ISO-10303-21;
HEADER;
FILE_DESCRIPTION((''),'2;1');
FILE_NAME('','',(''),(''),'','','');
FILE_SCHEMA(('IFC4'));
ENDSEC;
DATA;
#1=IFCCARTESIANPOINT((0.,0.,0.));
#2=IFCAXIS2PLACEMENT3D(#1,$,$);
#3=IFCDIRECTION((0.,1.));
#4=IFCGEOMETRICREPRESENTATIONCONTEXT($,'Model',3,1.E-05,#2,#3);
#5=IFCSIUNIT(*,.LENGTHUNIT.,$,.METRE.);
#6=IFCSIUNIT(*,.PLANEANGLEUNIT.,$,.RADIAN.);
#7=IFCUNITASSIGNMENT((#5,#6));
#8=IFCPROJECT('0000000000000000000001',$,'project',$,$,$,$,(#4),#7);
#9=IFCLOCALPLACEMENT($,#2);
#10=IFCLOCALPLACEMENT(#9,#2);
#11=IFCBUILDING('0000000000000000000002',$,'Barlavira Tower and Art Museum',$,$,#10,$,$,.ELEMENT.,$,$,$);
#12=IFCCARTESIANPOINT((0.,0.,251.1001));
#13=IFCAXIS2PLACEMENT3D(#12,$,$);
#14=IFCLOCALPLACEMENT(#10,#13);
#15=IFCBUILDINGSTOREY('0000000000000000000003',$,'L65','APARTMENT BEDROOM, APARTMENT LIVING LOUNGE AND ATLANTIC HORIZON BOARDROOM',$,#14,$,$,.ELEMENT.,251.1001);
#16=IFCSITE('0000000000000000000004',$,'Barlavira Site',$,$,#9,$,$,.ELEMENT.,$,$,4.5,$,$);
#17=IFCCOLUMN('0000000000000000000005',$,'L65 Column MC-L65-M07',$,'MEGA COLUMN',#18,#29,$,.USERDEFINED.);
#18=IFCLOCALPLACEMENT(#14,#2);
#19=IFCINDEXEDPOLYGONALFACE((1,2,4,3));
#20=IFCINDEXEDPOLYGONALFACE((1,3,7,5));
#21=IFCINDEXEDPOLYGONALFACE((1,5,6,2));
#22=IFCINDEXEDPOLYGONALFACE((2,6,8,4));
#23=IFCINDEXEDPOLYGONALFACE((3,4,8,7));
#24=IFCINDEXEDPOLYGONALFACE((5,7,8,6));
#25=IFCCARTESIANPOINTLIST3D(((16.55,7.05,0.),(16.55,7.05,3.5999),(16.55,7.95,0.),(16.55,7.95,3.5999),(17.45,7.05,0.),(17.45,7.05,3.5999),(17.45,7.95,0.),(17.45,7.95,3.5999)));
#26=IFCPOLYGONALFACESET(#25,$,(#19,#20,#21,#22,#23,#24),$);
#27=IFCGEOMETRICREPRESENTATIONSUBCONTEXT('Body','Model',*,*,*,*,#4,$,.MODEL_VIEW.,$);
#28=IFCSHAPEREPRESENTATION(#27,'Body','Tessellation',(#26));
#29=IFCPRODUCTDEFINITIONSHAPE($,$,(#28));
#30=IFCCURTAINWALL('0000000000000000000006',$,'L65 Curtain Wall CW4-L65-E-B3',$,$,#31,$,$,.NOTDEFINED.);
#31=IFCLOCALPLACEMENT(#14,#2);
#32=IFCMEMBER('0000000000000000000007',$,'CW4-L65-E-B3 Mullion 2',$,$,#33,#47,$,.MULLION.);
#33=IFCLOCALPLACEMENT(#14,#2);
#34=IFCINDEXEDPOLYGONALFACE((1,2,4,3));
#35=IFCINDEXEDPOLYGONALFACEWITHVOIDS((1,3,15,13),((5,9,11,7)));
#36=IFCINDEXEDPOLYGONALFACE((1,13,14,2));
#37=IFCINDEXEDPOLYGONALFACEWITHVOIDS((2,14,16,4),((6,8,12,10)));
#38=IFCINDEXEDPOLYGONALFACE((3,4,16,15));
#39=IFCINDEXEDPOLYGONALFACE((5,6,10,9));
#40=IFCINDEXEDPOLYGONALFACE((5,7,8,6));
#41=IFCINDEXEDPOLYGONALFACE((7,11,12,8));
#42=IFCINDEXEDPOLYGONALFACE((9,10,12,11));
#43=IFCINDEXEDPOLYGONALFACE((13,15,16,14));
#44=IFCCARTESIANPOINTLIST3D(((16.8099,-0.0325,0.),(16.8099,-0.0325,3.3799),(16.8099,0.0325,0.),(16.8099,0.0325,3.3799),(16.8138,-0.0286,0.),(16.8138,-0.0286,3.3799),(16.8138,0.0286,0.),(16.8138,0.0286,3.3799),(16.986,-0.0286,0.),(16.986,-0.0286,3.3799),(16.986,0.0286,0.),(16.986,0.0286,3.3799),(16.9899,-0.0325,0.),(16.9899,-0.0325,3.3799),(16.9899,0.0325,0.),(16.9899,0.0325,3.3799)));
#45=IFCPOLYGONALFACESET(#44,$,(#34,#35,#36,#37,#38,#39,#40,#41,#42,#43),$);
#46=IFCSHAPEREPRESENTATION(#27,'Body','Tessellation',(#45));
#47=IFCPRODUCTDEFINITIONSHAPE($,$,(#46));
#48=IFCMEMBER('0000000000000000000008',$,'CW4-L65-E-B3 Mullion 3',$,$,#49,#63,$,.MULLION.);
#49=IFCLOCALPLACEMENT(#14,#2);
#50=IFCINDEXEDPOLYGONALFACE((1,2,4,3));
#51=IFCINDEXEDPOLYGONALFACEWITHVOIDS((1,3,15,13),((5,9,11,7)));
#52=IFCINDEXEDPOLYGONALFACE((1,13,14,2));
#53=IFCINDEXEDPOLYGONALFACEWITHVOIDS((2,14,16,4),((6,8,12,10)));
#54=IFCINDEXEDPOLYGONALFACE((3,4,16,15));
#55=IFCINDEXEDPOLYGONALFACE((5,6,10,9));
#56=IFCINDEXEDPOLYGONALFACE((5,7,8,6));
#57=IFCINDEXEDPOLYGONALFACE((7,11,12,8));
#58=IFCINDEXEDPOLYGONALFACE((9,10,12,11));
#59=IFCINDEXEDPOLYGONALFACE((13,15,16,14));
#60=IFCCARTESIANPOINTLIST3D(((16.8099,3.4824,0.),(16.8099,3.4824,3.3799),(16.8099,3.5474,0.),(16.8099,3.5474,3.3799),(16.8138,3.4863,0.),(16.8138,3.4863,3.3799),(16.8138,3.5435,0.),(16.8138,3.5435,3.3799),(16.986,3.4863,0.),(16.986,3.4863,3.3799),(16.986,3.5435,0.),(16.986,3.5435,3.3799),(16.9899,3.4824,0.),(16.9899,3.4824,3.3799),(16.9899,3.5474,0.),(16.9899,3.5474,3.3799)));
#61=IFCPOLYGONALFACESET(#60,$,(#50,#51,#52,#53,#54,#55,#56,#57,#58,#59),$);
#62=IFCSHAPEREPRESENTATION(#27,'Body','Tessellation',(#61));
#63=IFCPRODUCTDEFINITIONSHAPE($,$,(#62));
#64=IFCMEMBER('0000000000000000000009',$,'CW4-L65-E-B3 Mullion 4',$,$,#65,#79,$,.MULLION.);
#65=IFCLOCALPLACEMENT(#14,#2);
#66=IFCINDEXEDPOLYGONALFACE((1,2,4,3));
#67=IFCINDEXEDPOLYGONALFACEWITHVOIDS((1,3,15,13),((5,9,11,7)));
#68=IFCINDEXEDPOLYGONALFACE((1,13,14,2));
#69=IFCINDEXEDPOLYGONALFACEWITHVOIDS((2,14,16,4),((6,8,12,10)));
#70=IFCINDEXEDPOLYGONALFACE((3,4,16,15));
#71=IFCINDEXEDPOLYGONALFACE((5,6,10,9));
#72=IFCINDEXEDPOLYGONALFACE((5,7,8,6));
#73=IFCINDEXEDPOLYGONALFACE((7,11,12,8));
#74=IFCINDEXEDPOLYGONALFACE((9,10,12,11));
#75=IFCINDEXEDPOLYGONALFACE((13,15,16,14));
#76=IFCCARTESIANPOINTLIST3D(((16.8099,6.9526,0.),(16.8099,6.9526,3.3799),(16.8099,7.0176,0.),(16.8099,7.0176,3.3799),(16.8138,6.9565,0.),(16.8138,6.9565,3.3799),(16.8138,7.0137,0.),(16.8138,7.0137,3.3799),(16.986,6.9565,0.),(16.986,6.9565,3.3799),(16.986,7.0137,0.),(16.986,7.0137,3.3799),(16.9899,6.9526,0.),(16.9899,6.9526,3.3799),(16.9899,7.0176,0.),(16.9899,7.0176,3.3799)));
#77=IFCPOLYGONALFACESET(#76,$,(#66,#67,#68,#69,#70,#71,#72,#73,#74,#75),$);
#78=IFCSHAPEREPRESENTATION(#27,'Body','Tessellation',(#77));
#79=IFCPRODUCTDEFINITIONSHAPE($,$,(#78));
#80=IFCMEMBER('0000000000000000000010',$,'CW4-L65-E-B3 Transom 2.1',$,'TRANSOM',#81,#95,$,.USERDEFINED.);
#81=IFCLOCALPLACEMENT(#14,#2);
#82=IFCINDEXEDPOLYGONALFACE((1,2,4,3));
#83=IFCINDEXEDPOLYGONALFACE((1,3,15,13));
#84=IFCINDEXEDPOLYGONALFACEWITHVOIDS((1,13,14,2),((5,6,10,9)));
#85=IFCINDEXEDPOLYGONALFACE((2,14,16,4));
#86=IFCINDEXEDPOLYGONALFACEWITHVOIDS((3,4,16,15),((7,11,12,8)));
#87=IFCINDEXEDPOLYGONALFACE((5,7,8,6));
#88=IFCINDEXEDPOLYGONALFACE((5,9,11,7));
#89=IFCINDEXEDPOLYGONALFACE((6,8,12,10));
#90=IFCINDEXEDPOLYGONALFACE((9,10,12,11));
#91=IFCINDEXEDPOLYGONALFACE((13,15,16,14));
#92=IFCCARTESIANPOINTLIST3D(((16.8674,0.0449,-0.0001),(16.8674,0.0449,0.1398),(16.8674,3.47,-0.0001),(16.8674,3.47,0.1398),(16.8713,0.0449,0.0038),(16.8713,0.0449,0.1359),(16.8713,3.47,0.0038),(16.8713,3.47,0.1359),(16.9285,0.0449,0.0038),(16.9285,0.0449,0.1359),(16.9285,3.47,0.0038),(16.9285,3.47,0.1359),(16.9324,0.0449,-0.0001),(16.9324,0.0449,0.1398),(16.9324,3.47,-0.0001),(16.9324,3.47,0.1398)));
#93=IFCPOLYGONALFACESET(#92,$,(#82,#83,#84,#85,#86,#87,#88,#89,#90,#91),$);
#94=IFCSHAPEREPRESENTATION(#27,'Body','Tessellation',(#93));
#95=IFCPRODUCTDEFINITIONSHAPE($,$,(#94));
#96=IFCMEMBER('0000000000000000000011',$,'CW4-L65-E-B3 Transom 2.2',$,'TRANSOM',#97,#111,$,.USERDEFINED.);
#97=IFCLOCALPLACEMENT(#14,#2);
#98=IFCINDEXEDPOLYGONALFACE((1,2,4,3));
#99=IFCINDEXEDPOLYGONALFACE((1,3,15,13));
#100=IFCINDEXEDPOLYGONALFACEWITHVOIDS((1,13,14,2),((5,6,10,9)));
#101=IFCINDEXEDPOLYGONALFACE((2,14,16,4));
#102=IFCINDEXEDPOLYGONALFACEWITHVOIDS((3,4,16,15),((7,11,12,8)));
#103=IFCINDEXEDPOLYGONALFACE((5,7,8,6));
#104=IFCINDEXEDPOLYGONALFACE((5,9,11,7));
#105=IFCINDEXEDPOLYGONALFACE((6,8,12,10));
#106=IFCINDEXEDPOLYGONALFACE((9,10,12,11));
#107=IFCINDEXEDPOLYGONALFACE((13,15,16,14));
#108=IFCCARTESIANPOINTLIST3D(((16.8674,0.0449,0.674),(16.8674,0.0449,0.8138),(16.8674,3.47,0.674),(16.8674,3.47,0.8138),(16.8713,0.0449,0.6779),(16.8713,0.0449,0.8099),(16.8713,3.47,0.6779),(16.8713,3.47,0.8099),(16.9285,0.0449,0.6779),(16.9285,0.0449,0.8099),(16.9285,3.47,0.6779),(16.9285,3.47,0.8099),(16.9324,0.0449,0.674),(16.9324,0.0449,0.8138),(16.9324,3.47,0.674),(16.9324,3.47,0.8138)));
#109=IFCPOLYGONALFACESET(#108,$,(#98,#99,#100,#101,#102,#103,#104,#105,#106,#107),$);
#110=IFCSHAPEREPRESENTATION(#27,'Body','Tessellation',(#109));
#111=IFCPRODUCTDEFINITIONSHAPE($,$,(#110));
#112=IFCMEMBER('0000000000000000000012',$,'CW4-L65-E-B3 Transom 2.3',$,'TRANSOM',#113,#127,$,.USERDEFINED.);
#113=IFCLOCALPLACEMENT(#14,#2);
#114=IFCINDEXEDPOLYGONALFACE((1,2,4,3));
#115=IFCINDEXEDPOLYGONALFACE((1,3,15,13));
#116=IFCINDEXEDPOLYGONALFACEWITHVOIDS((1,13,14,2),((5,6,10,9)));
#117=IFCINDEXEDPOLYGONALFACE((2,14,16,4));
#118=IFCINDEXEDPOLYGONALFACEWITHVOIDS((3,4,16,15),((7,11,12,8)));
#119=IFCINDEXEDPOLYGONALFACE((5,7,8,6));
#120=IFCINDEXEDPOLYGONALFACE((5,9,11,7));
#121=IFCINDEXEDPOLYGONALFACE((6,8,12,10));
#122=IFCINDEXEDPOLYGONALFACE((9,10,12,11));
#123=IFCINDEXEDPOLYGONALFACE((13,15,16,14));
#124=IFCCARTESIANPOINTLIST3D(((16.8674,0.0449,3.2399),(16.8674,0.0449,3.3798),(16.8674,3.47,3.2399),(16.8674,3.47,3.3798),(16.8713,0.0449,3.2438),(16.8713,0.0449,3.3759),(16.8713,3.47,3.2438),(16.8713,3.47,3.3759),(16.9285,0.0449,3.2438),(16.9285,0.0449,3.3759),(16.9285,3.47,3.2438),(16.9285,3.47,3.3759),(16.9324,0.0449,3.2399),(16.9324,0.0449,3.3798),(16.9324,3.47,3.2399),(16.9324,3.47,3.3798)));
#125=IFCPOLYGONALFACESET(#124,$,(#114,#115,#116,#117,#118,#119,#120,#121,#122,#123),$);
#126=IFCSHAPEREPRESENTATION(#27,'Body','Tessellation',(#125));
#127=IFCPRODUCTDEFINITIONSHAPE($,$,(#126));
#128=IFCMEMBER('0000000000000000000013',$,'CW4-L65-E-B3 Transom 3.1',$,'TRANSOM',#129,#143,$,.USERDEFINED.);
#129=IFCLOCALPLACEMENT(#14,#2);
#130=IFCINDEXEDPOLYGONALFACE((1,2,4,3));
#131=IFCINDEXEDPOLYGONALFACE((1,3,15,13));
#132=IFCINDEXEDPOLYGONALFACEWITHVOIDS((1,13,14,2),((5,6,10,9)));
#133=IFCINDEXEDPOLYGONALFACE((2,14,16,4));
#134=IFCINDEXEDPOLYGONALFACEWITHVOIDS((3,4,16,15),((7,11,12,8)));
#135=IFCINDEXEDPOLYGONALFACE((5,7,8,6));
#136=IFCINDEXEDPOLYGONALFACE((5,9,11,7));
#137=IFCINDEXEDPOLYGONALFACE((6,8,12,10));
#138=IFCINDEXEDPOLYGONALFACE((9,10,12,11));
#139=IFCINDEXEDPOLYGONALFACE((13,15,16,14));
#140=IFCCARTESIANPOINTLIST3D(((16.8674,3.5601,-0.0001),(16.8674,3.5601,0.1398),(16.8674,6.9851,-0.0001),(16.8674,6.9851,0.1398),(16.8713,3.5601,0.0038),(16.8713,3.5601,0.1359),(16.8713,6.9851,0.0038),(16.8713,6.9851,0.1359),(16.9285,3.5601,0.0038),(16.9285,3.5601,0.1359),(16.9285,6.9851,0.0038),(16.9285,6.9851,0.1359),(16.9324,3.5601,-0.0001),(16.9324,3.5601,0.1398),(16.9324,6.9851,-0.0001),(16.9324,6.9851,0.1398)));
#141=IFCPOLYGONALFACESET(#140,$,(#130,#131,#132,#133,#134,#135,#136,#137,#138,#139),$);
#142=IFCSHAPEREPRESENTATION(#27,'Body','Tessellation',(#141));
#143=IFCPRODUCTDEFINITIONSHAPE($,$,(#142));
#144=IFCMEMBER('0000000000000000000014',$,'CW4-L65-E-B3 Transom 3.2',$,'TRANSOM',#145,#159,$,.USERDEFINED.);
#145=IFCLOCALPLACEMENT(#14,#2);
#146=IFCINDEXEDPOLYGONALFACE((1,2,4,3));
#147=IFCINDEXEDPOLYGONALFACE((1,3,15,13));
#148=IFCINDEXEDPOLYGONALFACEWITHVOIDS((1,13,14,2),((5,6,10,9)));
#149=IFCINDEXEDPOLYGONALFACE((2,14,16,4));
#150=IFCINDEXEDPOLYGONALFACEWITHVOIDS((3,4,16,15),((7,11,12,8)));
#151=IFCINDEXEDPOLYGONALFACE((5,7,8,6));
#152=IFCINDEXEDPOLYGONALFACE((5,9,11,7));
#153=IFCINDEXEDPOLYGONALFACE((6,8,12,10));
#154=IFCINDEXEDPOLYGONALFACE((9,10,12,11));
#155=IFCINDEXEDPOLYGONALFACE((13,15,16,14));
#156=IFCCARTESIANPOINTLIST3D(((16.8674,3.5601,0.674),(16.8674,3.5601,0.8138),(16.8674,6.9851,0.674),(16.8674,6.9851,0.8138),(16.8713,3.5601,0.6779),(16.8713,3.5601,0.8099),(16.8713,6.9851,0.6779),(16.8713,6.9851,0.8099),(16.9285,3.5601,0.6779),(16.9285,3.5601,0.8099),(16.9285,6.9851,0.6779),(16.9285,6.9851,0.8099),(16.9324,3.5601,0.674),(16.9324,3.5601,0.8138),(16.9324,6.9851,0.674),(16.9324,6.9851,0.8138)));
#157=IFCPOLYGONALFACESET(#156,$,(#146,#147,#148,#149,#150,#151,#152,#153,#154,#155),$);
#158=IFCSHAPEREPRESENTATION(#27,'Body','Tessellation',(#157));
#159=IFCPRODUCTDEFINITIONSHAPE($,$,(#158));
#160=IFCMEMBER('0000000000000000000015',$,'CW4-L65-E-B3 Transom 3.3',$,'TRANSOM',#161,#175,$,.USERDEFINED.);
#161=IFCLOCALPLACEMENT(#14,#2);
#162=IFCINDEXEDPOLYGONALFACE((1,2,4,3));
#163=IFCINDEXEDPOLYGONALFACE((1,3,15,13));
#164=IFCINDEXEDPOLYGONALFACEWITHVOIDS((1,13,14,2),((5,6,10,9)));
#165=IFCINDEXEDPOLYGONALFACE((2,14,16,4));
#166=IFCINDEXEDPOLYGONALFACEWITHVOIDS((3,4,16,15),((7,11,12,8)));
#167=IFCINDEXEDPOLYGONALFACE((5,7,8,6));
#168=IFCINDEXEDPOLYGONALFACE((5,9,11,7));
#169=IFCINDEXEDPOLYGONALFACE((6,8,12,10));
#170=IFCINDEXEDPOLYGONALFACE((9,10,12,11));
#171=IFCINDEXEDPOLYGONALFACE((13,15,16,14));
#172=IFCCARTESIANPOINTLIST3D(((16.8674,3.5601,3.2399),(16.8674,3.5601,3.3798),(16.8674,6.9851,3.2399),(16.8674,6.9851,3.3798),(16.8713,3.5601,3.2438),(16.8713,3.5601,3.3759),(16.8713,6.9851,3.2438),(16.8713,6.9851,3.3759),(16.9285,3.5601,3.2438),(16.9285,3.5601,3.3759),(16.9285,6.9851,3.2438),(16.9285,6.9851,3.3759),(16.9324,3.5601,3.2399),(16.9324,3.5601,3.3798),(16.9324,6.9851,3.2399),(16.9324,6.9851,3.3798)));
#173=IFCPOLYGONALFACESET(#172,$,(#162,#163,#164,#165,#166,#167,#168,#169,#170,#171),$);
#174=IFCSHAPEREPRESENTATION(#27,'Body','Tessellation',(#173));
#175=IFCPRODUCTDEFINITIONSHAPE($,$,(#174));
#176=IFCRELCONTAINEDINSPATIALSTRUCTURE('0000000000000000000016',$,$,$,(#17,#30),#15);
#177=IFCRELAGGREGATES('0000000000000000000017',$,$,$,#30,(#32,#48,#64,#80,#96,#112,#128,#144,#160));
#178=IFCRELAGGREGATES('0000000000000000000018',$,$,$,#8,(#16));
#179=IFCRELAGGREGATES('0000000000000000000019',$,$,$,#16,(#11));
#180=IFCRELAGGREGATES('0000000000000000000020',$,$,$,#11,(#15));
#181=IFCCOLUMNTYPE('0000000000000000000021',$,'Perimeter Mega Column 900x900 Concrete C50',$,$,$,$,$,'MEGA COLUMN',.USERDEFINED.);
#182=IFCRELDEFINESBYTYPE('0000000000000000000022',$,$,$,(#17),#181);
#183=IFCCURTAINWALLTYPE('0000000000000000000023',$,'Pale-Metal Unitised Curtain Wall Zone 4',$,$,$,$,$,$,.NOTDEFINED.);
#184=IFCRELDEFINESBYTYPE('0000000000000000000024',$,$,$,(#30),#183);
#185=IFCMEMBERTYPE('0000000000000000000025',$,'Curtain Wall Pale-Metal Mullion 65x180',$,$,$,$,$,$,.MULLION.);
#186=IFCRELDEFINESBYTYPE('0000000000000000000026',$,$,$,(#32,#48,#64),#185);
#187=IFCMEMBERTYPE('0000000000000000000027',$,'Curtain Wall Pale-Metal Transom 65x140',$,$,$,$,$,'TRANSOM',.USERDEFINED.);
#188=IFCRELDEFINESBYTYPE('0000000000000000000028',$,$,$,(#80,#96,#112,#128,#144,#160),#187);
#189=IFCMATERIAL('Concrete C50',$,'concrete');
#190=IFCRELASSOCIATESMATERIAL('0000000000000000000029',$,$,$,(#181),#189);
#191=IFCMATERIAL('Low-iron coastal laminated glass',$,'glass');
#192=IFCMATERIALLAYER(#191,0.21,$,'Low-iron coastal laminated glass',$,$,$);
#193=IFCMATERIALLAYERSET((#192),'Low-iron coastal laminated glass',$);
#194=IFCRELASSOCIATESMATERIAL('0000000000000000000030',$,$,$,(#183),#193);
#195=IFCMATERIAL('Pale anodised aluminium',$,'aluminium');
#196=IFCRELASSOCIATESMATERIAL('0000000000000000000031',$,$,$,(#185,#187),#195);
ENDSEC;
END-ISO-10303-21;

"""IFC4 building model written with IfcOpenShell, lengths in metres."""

from ifc_helpers import new_model, si_unit, direction, frame, origin, origin_2d, place, context, subcontext, project, spatial, rectangle, hollow_rectangle, extrude, material, layer, layer_set, material_profile, profile_set, type_object, element, aggregate, save


model = new_model("IFC4")

# Units and contexts
model_context = context("Model", 3, precision=1e-05, world=origin(), true_north=direction((0.0, 1.0)))
body_context = subcontext(model_context, "Body", "Model", "MODEL_VIEW")
ifc_project = project(units=[si_unit("LENGTHUNIT", "METRE"), si_unit("PLANEANGLEUNIT", "RADIAN")], contexts=[model_context])

# Site, building, storey
site_placement = place(None, origin())
site = spatial("IfcSite", under=ifc_project, at=site_placement, Name="Barlavira Site", CompositionType="ELEMENT", RefElevation=4.5)
building_placement = place(site_placement, origin())
building = spatial("IfcBuilding", under=site, at=building_placement, Name="Barlavira Tower and Art Museum", CompositionType="ELEMENT")
storey_placement = place(building_placement, frame((0.0, 0.0, 251.1001)))
storey = spatial("IfcBuildingStorey", under=building, at=storey_placement, Name="L65", Description="APARTMENT BEDROOM, APARTMENT LIVING LOUNGE AND ATLANTIC HORIZON BOARDROOM", CompositionType="ELEMENT", Elevation=251.1001)

# Column
ifc_material_1 = material(Name="Concrete C50", Category="concrete")
ifc_material_profile_1 = material_profile(ifc_material_1, rectangle(XDim=0.8999, YDim=0.8999, at=origin_2d()), Name="RC-COL 900x900")
ifc_profile_set_1 = profile_set([ifc_material_profile_1], Name="Concrete C50")
column_type = type_object("IfcColumnType", Name="Perimeter Mega Column 900x900 Concrete C50", ElementType="MEGA COLUMN", PredefinedType="USERDEFINED", material=ifc_profile_set_1)
column_placement = place(storey_placement, frame((17.0, 7.5, 0.0), z_axis=(0.0, 0.0, 1.0), x_axis=(1.0, 0.0, 0.0)))
element("IfcColumn", 1, at=column_placement, inside=storey, type_object=column_type, Name="L65 Column MC-L65-M07", ObjectType="MEGA COLUMN", PredefinedType="USERDEFINED", context=body_context, shape_type="SweptSolid", body=[
    extrude(rectangle(XDim=0.8999, YDim=0.8999, at=origin_2d()), origin(), (0.0, 0.0, 1.0), 3.5999),
])

# Curtain wall, members
ifc_material_2 = material(Name="Low-iron coastal laminated glass", Category="glass")
ifc_layer_1 = layer(ifc_material_2, 0.21, Name="Low-iron coastal laminated glass")
ifc_layer_set_1 = layer_set([ifc_layer_1], Name="Low-iron coastal laminated glass")
curtain_wall_type = type_object("IfcCurtainWallType", Name="Pale-Metal Unitised Curtain Wall Zone 4", PredefinedType="NOTDEFINED", material=ifc_layer_set_1)
curtain_wall_placement = place(storey_placement, origin())
curtain_wall = element("IfcCurtainWall", 2, at=curtain_wall_placement, inside=storey, type_object=curtain_wall_type, Name="L65 Curtain Wall CW4-L65-E-B3", PredefinedType="NOTDEFINED")
ifc_material_3 = material(Name="Pale anodised aluminium", Category="aluminium")
ifc_material_profile_2 = material_profile(ifc_material_3, hollow_rectangle(XDim=0.0649, YDim=0.1799, WallThickness=0.0039, at=origin_2d()), Name="ALU-MULL 65x180x4")
ifc_profile_set_2 = profile_set([ifc_material_profile_2], Name="Pale anodised aluminium")
member_type_1 = type_object("IfcMemberType", Name="Curtain Wall Pale-Metal Mullion 65x180", PredefinedType="MULLION", material=ifc_profile_set_2)
member_1_placement = place(storey_placement, frame((16.8999, 0.0, 0.0), z_axis=(0.0, 0.0, 1.0), x_axis=(0.0, 1.0, 0.0)))
member_1 = element("IfcMember", 3, at=member_1_placement, type_object=member_type_1, Name="CW4-L65-E-B3 Mullion 2", PredefinedType="MULLION", context=body_context, shape_type="SweptSolid", body=[
    extrude(hollow_rectangle(XDim=0.0649, YDim=0.1799, WallThickness=0.0039, at=origin_2d()), origin(), (0.0, 0.0, 1.0), 3.3799),
])
member_2_placement = place(storey_placement, frame((16.8999, 3.5149, 0.0), z_axis=(0.0, 0.0, 1.0), x_axis=(0.0, 1.0, 0.0)))
member_2 = element("IfcMember", 4, at=member_2_placement, type_object=member_type_1, Name="CW4-L65-E-B3 Mullion 3", PredefinedType="MULLION", context=body_context, shape_type="SweptSolid", body=[
    extrude(hollow_rectangle(XDim=0.0649, YDim=0.1799, WallThickness=0.0039, at=origin_2d()), origin(), (0.0, 0.0, 1.0), 3.3799),
])
member_3_placement = place(storey_placement, frame((16.8999, 6.9851, 0.0), z_axis=(0.0, 0.0, 1.0), x_axis=(0.0, 1.0, 0.0)))
member_3 = element("IfcMember", 5, at=member_3_placement, type_object=member_type_1, Name="CW4-L65-E-B3 Mullion 4", PredefinedType="MULLION", context=body_context, shape_type="SweptSolid", body=[
    extrude(hollow_rectangle(XDim=0.0649, YDim=0.1799, WallThickness=0.0039, at=origin_2d()), origin(), (0.0, 0.0, 1.0), 3.3799),
])
ifc_material_profile_3 = material_profile(ifc_material_3, hollow_rectangle(XDim=0.0649, YDim=0.1399, WallThickness=0.0039, at=origin_2d()), Name="ALU-TRAN 65x140x4")
ifc_profile_set_3 = profile_set([ifc_material_profile_3], Name="Pale anodised aluminium")
member_type_2 = type_object("IfcMemberType", Name="Curtain Wall Pale-Metal Transom 65x140", ElementType="TRANSOM", PredefinedType="USERDEFINED", material=ifc_profile_set_3)
member_4_placement = place(storey_placement, frame((16.8999, 0.0449, 0.0698), z_axis=(0.0, 1.0, 0.0), x_axis=(-1.0, 0.0, 0.0)))
member_4 = element("IfcMember", 6, at=member_4_placement, type_object=member_type_2, Name="CW4-L65-E-B3 Transom 2.1", ObjectType="TRANSOM", PredefinedType="USERDEFINED", context=body_context, shape_type="SweptSolid", body=[
    extrude(hollow_rectangle(XDim=0.0649, YDim=0.1399, WallThickness=0.0039, at=origin_2d()), origin(), (0.0, 0.0, 1.0), 3.425),
])
member_5_placement = place(storey_placement, frame((16.8999, 0.0449, 0.7439), z_axis=(0.0, 1.0, 0.0), x_axis=(-1.0, 0.0, 0.0)))
member_5 = element("IfcMember", 7, at=member_5_placement, type_object=member_type_2, Name="CW4-L65-E-B3 Transom 2.2", ObjectType="TRANSOM", PredefinedType="USERDEFINED", context=body_context, shape_type="SweptSolid", body=[
    extrude(hollow_rectangle(XDim=0.0649, YDim=0.1399, WallThickness=0.0039, at=origin_2d()), origin(), (0.0, 0.0, 1.0), 3.425),
])
member_6_placement = place(storey_placement, frame((16.8999, 0.0449, 3.3098), z_axis=(0.0, 1.0, 0.0), x_axis=(-1.0, 0.0, 0.0)))
member_6 = element("IfcMember", 8, at=member_6_placement, type_object=member_type_2, Name="CW4-L65-E-B3 Transom 2.3", ObjectType="TRANSOM", PredefinedType="USERDEFINED", context=body_context, shape_type="SweptSolid", body=[
    extrude(hollow_rectangle(XDim=0.0649, YDim=0.1399, WallThickness=0.0039, at=origin_2d()), origin(), (0.0, 0.0, 1.0), 3.425),
])
member_7_placement = place(storey_placement, frame((16.8999, 3.5601, 0.0698), z_axis=(0.0, 1.0, 0.0), x_axis=(-1.0, 0.0, 0.0)))
member_7 = element("IfcMember", 9, at=member_7_placement, type_object=member_type_2, Name="CW4-L65-E-B3 Transom 3.1", ObjectType="TRANSOM", PredefinedType="USERDEFINED", context=body_context, shape_type="SweptSolid", body=[
    extrude(hollow_rectangle(XDim=0.0649, YDim=0.1399, WallThickness=0.0039, at=origin_2d()), origin(), (0.0, 0.0, 1.0), 3.425),
])
member_8_placement = place(storey_placement, frame((16.8999, 3.5601, 0.7439), z_axis=(0.0, 1.0, 0.0), x_axis=(-1.0, 0.0, 0.0)))
member_8 = element("IfcMember", 10, at=member_8_placement, type_object=member_type_2, Name="CW4-L65-E-B3 Transom 3.2", ObjectType="TRANSOM", PredefinedType="USERDEFINED", context=body_context, shape_type="SweptSolid", body=[
    extrude(hollow_rectangle(XDim=0.0649, YDim=0.1399, WallThickness=0.0039, at=origin_2d()), origin(), (0.0, 0.0, 1.0), 3.425),
])
member_9_placement = place(storey_placement, frame((16.8999, 3.5601, 3.3098), z_axis=(0.0, 1.0, 0.0), x_axis=(-1.0, 0.0, 0.0)))
member_9 = element("IfcMember", 11, at=member_9_placement, type_object=member_type_2, Name="CW4-L65-E-B3 Transom 3.3", ObjectType="TRANSOM", PredefinedType="USERDEFINED", context=body_context, shape_type="SweptSolid", body=[
    extrude(hollow_rectangle(XDim=0.0649, YDim=0.1399, WallThickness=0.0039, at=origin_2d()), origin(), (0.0, 0.0, 1.0), 3.425),
])

aggregate(curtain_wall, [member_1, member_2, member_3, member_4, member_5, member_6, member_7, member_8, member_9])

save(model, "model.ifc")
